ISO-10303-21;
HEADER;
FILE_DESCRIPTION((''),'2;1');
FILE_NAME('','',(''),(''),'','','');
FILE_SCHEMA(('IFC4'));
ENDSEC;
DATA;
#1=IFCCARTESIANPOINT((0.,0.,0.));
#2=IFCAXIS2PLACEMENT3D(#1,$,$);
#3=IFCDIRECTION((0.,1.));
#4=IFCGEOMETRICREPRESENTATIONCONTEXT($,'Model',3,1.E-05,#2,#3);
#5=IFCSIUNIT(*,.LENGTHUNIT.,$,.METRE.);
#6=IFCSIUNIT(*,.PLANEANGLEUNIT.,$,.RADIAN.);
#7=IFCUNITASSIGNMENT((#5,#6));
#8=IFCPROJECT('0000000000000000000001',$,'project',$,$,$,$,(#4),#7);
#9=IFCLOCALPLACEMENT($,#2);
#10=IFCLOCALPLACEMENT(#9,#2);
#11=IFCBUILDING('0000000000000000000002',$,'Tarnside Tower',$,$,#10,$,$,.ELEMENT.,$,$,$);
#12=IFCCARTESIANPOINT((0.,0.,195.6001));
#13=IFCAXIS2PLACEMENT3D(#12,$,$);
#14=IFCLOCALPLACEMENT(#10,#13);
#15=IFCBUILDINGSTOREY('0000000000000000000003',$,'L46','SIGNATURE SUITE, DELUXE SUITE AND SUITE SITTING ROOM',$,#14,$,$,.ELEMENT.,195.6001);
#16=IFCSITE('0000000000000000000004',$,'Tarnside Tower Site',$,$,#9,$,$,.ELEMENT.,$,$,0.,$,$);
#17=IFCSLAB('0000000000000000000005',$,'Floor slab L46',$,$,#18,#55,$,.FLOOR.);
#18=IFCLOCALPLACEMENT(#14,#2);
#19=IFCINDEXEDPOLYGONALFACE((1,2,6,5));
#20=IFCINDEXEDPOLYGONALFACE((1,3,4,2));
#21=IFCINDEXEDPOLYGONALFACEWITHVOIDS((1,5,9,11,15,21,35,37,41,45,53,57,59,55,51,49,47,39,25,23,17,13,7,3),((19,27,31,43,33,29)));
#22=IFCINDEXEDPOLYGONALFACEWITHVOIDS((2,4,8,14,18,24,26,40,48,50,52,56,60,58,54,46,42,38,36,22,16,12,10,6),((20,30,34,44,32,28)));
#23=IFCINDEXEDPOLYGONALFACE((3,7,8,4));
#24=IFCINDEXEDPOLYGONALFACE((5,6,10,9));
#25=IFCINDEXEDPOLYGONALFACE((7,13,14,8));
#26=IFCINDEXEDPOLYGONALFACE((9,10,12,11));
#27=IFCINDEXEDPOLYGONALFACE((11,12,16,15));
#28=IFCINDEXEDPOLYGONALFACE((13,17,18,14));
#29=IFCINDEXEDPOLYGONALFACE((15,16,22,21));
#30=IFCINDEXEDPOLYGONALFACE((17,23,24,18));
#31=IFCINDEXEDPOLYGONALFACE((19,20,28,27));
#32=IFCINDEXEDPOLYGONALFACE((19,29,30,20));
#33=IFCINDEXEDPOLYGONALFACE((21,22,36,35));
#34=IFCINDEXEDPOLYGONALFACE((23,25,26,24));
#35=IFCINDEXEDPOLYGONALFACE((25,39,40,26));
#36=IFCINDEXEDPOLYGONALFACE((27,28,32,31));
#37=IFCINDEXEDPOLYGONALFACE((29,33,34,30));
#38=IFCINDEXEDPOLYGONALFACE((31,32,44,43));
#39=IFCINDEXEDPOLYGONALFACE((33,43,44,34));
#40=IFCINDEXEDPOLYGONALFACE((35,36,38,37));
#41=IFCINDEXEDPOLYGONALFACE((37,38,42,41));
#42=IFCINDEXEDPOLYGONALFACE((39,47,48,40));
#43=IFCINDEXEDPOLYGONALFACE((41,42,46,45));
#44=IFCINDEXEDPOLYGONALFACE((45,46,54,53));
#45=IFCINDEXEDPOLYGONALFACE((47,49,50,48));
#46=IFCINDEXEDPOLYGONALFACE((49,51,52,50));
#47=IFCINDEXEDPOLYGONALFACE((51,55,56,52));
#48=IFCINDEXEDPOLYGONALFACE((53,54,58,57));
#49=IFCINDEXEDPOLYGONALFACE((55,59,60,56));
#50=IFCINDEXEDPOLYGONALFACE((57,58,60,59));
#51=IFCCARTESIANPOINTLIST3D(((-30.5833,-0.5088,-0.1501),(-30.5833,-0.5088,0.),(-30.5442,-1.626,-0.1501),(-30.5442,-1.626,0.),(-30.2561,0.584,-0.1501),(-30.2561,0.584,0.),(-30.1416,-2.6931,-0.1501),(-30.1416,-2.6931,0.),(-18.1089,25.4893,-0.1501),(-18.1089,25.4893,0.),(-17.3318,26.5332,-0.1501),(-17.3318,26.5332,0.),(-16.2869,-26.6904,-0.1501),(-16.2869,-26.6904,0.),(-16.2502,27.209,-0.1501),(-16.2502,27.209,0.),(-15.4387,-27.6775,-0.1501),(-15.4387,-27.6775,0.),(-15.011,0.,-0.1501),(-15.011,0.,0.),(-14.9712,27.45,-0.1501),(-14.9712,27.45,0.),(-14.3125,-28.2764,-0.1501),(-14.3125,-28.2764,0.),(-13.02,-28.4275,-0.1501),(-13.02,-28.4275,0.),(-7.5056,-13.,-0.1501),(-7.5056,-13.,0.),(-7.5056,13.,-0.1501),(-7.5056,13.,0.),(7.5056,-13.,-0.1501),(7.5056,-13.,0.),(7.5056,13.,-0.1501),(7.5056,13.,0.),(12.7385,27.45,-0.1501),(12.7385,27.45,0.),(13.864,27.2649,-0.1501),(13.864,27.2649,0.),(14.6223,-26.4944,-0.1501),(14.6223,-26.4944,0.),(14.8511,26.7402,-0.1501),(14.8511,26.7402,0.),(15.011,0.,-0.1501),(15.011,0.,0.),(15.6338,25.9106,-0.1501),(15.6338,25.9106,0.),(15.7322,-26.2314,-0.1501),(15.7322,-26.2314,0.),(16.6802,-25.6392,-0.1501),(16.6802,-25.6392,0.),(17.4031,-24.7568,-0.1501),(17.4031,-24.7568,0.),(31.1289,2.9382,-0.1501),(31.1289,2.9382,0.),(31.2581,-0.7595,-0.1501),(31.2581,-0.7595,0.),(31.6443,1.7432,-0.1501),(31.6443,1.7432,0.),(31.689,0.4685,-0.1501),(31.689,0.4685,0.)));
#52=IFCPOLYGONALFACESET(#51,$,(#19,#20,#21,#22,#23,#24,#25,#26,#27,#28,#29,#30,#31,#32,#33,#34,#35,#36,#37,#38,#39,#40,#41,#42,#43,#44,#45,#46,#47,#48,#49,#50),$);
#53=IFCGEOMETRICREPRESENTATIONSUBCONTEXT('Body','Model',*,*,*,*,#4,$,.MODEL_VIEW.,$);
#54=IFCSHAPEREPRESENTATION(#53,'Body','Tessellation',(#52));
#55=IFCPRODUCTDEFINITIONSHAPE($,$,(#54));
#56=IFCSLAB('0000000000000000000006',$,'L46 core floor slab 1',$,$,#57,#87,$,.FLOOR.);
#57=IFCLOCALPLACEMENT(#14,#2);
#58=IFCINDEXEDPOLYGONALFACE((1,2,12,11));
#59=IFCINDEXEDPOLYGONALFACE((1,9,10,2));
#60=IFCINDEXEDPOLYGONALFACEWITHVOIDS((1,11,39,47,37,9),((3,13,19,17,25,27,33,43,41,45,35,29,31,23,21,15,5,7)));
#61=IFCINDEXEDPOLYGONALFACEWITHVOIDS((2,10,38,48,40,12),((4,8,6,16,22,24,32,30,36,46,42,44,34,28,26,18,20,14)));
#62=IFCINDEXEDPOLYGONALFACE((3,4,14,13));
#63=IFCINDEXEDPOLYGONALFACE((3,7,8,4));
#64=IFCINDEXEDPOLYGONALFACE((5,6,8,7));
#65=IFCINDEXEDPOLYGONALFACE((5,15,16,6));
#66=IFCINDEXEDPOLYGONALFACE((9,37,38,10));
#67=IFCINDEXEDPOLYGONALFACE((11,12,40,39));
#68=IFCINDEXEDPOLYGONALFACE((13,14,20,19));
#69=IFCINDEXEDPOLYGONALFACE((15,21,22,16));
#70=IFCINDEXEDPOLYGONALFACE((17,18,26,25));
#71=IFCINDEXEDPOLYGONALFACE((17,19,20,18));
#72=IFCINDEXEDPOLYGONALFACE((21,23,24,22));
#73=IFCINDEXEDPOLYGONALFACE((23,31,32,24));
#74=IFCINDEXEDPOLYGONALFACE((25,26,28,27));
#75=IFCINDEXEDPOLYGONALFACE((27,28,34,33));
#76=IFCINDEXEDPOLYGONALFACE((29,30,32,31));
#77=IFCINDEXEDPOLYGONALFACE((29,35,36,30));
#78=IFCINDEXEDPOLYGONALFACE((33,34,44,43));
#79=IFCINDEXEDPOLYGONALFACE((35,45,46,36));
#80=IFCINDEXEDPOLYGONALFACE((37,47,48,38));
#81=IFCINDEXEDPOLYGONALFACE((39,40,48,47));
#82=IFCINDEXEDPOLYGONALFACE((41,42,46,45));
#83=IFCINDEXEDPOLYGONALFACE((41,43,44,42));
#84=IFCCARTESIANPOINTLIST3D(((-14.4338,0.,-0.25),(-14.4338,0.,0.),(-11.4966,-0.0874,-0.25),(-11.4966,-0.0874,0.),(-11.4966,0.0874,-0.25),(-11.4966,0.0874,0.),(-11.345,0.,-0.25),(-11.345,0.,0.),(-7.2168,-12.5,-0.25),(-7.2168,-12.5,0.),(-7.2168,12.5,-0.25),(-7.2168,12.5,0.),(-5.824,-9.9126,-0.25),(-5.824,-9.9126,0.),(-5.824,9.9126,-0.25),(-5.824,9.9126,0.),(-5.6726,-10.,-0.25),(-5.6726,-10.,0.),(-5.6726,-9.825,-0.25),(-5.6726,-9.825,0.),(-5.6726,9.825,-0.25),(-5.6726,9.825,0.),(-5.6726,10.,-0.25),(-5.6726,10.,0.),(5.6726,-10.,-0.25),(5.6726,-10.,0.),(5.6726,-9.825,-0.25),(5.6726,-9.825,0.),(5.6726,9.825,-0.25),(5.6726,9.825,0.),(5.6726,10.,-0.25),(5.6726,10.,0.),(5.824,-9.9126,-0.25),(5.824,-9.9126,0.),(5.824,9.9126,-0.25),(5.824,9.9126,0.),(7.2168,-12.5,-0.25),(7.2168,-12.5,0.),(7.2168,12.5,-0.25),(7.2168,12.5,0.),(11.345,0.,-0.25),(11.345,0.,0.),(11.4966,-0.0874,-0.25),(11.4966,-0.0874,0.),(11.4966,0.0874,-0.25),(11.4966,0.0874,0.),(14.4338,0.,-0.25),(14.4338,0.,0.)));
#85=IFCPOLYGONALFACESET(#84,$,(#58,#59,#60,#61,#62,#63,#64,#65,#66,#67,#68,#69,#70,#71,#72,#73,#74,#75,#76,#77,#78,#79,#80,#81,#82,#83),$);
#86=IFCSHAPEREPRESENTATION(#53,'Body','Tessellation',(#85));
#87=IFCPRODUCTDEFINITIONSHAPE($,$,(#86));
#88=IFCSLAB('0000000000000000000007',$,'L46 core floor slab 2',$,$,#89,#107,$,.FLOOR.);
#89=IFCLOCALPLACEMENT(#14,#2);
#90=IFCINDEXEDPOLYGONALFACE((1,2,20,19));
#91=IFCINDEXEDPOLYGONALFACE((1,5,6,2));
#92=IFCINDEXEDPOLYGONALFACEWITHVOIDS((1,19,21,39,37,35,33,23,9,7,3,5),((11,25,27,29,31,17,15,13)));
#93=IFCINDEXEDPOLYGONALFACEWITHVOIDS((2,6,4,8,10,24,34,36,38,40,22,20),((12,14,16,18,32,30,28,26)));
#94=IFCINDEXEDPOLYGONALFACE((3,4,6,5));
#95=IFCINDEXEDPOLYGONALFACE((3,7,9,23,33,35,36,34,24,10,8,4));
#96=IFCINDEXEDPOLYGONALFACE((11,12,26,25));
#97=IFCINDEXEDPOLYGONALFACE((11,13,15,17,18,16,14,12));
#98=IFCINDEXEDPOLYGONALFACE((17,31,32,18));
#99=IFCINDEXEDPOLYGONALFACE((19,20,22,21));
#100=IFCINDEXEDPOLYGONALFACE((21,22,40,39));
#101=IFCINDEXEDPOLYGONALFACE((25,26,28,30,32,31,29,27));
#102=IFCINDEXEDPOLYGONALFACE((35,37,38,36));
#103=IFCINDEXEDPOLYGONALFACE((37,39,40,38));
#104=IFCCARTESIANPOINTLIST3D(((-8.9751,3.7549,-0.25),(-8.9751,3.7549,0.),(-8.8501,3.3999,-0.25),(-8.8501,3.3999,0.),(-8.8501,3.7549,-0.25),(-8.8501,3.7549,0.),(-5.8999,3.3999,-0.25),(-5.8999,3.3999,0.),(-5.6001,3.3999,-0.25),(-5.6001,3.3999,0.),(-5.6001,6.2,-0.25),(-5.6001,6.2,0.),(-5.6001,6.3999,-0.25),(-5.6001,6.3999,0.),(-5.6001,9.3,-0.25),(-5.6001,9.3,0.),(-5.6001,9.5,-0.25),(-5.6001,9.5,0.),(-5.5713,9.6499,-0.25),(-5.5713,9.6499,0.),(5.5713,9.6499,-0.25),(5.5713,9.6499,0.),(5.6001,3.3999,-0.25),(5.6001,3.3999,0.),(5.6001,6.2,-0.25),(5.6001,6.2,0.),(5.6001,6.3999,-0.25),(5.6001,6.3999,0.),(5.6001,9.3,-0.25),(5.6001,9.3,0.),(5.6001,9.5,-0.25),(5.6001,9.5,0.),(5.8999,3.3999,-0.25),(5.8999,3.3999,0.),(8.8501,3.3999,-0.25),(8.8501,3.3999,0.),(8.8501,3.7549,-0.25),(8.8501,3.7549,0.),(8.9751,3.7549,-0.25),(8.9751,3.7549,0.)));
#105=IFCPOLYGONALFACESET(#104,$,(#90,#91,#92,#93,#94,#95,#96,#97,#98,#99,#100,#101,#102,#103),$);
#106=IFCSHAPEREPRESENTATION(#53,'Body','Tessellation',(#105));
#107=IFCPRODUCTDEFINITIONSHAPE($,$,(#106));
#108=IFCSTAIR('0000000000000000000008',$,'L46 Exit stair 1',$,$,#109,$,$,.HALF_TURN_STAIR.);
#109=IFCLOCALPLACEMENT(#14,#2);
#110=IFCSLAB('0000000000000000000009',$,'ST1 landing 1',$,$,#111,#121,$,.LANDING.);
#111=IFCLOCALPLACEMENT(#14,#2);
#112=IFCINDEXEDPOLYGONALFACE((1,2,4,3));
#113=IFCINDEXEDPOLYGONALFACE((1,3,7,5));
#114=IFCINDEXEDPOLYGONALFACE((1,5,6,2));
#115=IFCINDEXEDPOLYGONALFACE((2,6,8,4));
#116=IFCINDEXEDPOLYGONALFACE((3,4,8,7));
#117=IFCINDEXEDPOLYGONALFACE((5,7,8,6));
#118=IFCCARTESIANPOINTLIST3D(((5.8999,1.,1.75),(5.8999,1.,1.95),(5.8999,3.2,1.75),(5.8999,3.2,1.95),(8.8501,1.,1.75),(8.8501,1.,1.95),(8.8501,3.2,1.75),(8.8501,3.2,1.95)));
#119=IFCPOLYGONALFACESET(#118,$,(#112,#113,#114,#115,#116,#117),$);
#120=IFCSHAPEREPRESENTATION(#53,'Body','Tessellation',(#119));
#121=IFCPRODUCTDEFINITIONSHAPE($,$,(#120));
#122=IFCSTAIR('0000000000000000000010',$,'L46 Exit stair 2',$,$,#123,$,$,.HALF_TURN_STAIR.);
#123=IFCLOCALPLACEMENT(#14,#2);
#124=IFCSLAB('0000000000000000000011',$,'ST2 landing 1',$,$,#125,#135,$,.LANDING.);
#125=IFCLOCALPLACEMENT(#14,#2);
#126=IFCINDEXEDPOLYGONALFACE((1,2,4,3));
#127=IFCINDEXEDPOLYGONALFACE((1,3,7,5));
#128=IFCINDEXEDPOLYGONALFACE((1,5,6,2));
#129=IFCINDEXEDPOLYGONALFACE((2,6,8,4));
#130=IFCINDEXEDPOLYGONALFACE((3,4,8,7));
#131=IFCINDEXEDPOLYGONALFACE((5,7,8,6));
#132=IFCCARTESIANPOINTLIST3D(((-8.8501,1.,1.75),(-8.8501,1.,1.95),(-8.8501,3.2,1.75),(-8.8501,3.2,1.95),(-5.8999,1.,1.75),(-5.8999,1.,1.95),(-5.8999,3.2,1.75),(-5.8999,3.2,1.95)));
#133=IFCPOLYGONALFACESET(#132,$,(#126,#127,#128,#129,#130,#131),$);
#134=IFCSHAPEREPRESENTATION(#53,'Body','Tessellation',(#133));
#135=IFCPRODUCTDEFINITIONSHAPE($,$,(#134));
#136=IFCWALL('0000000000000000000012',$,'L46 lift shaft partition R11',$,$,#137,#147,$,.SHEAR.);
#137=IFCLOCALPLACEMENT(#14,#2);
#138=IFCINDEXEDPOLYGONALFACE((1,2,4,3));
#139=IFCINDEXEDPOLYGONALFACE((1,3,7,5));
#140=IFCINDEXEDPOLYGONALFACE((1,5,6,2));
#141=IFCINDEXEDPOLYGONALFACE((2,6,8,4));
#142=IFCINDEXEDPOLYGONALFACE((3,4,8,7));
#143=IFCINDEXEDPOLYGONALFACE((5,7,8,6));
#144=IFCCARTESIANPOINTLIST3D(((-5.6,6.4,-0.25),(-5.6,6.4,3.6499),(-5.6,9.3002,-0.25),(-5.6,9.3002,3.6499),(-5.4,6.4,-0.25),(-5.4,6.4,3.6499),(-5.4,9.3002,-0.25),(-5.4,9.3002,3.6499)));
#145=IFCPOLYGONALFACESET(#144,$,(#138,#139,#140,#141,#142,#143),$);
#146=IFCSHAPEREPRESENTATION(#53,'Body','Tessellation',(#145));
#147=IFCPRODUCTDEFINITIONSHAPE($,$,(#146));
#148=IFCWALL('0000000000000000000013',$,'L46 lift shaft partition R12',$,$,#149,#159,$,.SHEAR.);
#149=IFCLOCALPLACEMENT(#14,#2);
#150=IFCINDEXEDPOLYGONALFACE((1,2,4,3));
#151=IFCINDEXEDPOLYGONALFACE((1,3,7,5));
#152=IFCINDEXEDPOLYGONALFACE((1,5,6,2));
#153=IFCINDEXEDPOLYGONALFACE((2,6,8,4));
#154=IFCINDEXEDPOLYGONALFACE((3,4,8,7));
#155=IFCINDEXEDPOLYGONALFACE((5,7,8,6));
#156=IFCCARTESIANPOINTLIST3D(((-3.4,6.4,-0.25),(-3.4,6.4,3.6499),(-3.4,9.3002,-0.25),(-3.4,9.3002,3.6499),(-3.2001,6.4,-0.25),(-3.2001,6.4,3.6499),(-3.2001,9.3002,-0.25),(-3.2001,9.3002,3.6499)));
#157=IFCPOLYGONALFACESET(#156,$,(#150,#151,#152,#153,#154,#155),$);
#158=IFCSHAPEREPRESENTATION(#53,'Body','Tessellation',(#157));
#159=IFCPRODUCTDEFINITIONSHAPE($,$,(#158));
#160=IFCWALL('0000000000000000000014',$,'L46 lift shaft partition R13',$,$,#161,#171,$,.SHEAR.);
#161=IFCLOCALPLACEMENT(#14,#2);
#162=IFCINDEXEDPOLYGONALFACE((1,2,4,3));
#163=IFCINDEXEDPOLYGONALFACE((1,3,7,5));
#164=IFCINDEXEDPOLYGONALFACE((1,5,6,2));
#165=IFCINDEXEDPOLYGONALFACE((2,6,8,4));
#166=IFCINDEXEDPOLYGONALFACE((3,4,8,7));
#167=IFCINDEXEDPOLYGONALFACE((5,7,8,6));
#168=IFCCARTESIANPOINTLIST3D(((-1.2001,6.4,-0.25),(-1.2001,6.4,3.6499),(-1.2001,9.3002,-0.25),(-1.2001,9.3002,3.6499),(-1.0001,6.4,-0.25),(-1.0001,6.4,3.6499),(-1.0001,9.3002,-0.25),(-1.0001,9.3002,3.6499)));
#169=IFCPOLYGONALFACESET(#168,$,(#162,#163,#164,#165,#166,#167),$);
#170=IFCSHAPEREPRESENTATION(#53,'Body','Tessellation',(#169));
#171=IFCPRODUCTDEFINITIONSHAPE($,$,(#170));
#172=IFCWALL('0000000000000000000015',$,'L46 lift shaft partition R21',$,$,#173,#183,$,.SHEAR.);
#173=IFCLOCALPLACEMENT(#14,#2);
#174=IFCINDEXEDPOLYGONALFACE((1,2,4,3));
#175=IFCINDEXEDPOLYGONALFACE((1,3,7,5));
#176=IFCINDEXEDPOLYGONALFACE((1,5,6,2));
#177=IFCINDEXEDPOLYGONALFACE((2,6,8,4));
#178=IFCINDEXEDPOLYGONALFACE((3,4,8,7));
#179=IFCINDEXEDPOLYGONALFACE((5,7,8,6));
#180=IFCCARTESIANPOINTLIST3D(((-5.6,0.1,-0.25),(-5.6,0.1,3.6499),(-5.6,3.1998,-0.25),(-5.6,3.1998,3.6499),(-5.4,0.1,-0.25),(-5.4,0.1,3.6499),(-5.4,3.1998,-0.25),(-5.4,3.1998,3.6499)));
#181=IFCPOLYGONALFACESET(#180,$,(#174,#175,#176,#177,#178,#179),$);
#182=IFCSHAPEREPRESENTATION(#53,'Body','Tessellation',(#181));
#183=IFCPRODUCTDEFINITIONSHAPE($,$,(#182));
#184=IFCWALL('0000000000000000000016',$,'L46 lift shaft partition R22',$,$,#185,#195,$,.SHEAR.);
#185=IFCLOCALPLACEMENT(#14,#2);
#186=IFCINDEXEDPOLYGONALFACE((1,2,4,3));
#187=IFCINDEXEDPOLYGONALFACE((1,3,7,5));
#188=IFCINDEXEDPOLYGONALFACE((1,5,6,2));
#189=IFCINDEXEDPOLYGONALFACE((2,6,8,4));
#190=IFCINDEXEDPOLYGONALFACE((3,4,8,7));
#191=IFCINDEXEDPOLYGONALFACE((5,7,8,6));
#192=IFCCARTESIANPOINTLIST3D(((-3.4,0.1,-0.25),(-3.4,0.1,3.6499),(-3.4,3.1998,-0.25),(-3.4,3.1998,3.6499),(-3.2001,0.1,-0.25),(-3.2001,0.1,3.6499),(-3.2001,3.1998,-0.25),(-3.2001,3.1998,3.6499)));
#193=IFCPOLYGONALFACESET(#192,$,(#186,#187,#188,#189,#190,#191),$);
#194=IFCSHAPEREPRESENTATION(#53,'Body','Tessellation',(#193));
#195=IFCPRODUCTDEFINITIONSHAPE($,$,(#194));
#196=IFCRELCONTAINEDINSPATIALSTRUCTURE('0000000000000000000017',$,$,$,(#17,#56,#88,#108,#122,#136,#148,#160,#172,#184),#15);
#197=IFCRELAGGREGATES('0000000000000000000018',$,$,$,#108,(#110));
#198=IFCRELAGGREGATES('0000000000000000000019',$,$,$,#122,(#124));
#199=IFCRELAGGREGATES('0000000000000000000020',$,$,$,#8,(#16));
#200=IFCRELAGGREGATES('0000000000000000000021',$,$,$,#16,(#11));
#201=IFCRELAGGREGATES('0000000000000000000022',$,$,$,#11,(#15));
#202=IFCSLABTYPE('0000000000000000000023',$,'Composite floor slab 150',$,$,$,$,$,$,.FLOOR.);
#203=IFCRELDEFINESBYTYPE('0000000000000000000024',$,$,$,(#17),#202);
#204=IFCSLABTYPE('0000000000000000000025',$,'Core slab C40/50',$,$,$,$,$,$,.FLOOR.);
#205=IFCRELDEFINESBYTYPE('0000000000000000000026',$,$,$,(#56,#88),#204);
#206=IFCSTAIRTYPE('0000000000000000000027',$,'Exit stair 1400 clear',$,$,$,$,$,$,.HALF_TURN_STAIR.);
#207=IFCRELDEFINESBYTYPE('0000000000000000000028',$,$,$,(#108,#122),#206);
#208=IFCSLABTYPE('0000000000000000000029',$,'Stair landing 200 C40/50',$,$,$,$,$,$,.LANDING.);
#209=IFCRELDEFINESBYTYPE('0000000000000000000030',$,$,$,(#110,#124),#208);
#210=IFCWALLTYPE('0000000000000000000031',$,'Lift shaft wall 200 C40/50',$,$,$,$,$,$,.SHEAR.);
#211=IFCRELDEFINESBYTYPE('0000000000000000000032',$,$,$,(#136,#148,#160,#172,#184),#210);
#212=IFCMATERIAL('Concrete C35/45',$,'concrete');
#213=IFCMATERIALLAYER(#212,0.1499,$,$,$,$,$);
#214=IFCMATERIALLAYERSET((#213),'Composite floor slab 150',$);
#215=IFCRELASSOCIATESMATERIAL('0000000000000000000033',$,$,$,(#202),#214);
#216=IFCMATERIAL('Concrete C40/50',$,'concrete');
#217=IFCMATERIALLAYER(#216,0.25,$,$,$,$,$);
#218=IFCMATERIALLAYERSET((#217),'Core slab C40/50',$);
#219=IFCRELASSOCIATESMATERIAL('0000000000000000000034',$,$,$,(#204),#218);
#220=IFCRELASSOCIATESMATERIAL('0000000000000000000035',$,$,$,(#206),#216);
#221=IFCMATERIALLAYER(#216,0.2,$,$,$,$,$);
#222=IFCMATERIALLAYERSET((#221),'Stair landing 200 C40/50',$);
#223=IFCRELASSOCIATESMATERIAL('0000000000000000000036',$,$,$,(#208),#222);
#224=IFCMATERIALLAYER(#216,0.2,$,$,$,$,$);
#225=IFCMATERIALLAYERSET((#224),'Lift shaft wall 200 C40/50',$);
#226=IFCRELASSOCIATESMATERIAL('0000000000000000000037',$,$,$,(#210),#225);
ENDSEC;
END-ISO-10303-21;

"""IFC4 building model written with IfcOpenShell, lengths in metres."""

from ifc_helpers import new_model, si_unit, direction, frame, frame_2d, origin, place, context, subcontext, project, spatial, polyline, rectangle, outline, extrude, material, layer, layer_set, type_object, element, aggregate, save


model = new_model("IFC4")

# Units and contexts
model_context = context("Model", 3, precision=1e-05, world=origin(), true_north=direction((0.0, 1.0)))
body_context = subcontext(model_context, "Body", "Model", "MODEL_VIEW")
ifc_project = project(units=[si_unit("LENGTHUNIT", "METRE"), si_unit("PLANEANGLEUNIT", "RADIAN")], contexts=[model_context])

# Site, building, storey
site_placement = place(None, origin())
site = spatial("IfcSite", under=ifc_project, at=site_placement, Name="Tarnside Tower Site", CompositionType="ELEMENT", RefElevation=0.0)
building_placement = place(site_placement, origin())
building = spatial("IfcBuilding", under=site, at=building_placement, Name="Tarnside Tower", CompositionType="ELEMENT")
storey_placement = place(building_placement, frame((0.0, 0.0, 195.6001)))
storey = spatial("IfcBuildingStorey", under=building, at=storey_placement, Name="L46", Description="SIGNATURE SUITE, DELUXE SUITE AND SUITE SITTING ROOM", CompositionType="ELEMENT", Elevation=195.6001)

# Slabs
ifc_material_1 = material(Name="Concrete C35/45", Category="concrete")
ifc_layer_1 = layer(ifc_material_1, 0.1499)
ifc_layer_set_1 = layer_set([ifc_layer_1], Name="Composite floor slab 150")
slab_type_1 = type_object("IfcSlabType", Name="Composite floor slab 150", PredefinedType="FLOOR", material=ifc_layer_set_1)
slab_1_placement = place(storey_placement, frame((0.0, 0.0, -0.1501)))
element("IfcSlab", 1, at=slab_1_placement, inside=storey, type_object=slab_type_1, Name="Floor slab L46", PredefinedType="FLOOR", context=body_context, shape_type="SweptSolid", body=[
    extrude(outline(polyline([(13.864, 27.2649), (14.8511, 26.7402), (15.6338, 25.9106), (31.1289, 2.9382), (31.6443, 1.7432), (31.689, 0.4685), (31.2581, -0.7595), (17.4031, -24.7568), (16.6802, -25.6392), (15.7322, -26.2314), (14.6223, -26.4944), (-13.02, -28.4275), (-14.3125, -28.2764), (-15.4387, -27.6775), (-16.2869, -26.6904), (-30.1416, -2.6931), (-30.5442, -1.626), (-30.5833, -0.5088), (-30.2561, 0.584), (-18.1089, 25.4893), (-17.3318, 26.5332), (-16.2502, 27.209), (-14.9712, 27.45), (12.7385, 27.45), (13.864, 27.2649)]), holes=[polyline([(-15.011, 0.0), (-7.5056, -13.0), (7.5056, -13.0), (15.011, 0.0), (7.5056, 13.0), (-7.5056, 13.0), (-15.011, 0.0)])]), origin(), (0.0, 0.0, 1.0), 0.1501),
])
ifc_material_2 = material(Name="Concrete C40/50", Category="concrete")
ifc_layer_2 = layer(ifc_material_2, 0.25)
ifc_layer_set_2 = layer_set([ifc_layer_2], Name="Core slab C40/50")
slab_type_2 = type_object("IfcSlabType", Name="Core slab C40/50", PredefinedType="FLOOR", material=ifc_layer_set_2)
slab_2_placement = place(storey_placement, frame((0.0, 0.0, -0.25)))
element("IfcSlab", 2, at=slab_2_placement, inside=storey, type_object=slab_type_2, Name="L46 core floor slab 1", PredefinedType="FLOOR", context=body_context, shape_type="SweptSolid", body=[
    extrude(outline(polyline([(-7.2168, 12.5), (7.2168, 12.5), (14.4338, 0.0), (7.2168, -12.5), (-7.2168, -12.5), (-14.4338, 0.0), (-7.2168, 12.5)]), holes=[polyline([(5.824, -9.9126), (11.4966, -0.0874), (11.345, 0.0), (11.4966, 0.0874), (5.824, 9.9126), (5.6726, 9.825), (5.6726, 10.0), (-5.6726, 10.0), (-5.6726, 9.825), (-5.824, 9.9126), (-11.4966, 0.0874), (-11.345, 0.0), (-11.4966, -0.0874), (-5.824, -9.9126), (-5.6726, -9.825), (-5.6726, -10.0), (5.6726, -10.0), (5.6726, -9.825), (5.824, -9.9126)])]), origin(), (0.0, 0.0, 1.0), 0.25),
])
slab_3_placement = place(storey_placement, frame((0.0, 0.0, -0.25)))
element("IfcSlab", 3, at=slab_3_placement, inside=storey, type_object=slab_type_2, Name="L46 core floor slab 2", PredefinedType="FLOOR", context=body_context, shape_type="SweptSolid", body=[
    extrude(outline(polyline([(-8.9751, 3.7549), (-5.5713, 9.6499), (5.5713, 9.6499), (8.9751, 3.7549), (8.8501, 3.7549), (8.8501, 3.3999), (5.8999, 3.3999), (5.6001, 3.3999), (5.6001, 3.3999), (-5.6001, 3.3999), (-5.8999, 3.3999), (-8.8501, 3.3999), (-8.8501, 3.7549), (-8.9751, 3.7549)]), holes=[polyline([(-5.6001, 6.2), (5.6001, 6.2), (5.6001, 6.3999), (5.6001, 9.3), (5.6001, 9.5), (-5.6001, 9.5), (-5.6001, 9.3), (-5.6001, 6.3999), (-5.6001, 6.2)])]), origin(), (0.0, 0.0, 1.0), 0.25),
])

# Stairs, slabs
stair_type = type_object("IfcStairType", Name="Exit stair 1400 clear", PredefinedType="HALF_TURN_STAIR", material=ifc_material_2)
stair_1_placement = place(storey_placement, origin())
stair_1 = element("IfcStair", 4, at=stair_1_placement, inside=storey, type_object=stair_type, Name="L46 Exit stair 1", PredefinedType="HALF_TURN_STAIR")
ifc_layer_3 = layer(ifc_material_2, 0.2)
ifc_layer_set_3 = layer_set([ifc_layer_3], Name="Stair landing 200 C40/50")
slab_type_3 = type_object("IfcSlabType", Name="Stair landing 200 C40/50", PredefinedType="LANDING", material=ifc_layer_set_3)
slab_4_placement = place(storey_placement, frame((0.0, 0.0, 1.75)))
slab_4 = element("IfcSlab", 5, at=slab_4_placement, type_object=slab_type_3, Name="ST1 landing 1", PredefinedType="LANDING", context=body_context, shape_type="SweptSolid", body=[
    extrude(outline(polyline([(8.8501, 1.0), (8.8501, 3.2), (5.8999, 3.2), (5.8999, 1.0), (8.8501, 1.0)])), origin(), (0.0, 0.0, 1.0), 0.2),
])
aggregate(stair_1, [slab_4])
stair_2_placement = place(storey_placement, origin())
stair_2 = element("IfcStair", 6, at=stair_2_placement, inside=storey, type_object=stair_type, Name="L46 Exit stair 2", PredefinedType="HALF_TURN_STAIR")
slab_5_placement = place(storey_placement, frame((0.0, 0.0, 1.75)))
slab_5 = element("IfcSlab", 7, at=slab_5_placement, type_object=slab_type_3, Name="ST2 landing 1", PredefinedType="LANDING", context=body_context, shape_type="SweptSolid", body=[
    extrude(outline(polyline([(-5.8999, 1.0), (-5.8999, 3.2), (-8.8501, 3.2), (-8.8501, 1.0), (-5.8999, 1.0)])), origin(), (0.0, 0.0, 1.0), 0.2),
])
aggregate(stair_2, [slab_5])

# Walls
ifc_layer_4 = layer(ifc_material_2, 0.2)
ifc_layer_set_4 = layer_set([ifc_layer_4], Name="Lift shaft wall 200 C40/50")
wall_type = type_object("IfcWallType", Name="Lift shaft wall 200 C40/50", PredefinedType="SHEAR", material=ifc_layer_set_4)
for number, where, z_axis, x_axis, name in (
    (8, (-5.5, 6.3999, -0.25), (0.0, 0.0, 1.0), (0.0, 1.0, 0.0), "L46 lift shaft partition R11"),
    (9, (-3.3, 6.3999, -0.25), (0.0, 0.0, 1.0), (0.0, 1.0, 0.0), "L46 lift shaft partition R12"),
    (10, (-1.1001, 6.3999, -0.25), (0.0, 0.0, 1.0), (0.0, 1.0, 0.0), "L46 lift shaft partition R13"),
):
    element("IfcWall", number, at=place(storey_placement, frame(where, z_axis=z_axis, x_axis=x_axis)), inside=storey, type_object=wall_type, Name=name, PredefinedType="SHEAR", context=body_context, shape_type="SweptSolid", body=[
        extrude(rectangle(XDim=2.9001, YDim=0.2, at=frame_2d((1.4502, 0.0))), origin(), (0.0, 0.0, 1.0), 3.8999),
    ])
for number, where, z_axis, x_axis, name in (
    (11, (-5.5, 0.1001, -0.25), (0.0, 0.0, 1.0), (0.0, 1.0, 0.0), "L46 lift shaft partition R21"),
    (12, (-3.3, 0.1001, -0.25), (0.0, 0.0, 1.0), (0.0, 1.0, 0.0), "L46 lift shaft partition R22"),
):
    element("IfcWall", number, at=place(storey_placement, frame(where, z_axis=z_axis, x_axis=x_axis)), inside=storey, type_object=wall_type, Name=name, PredefinedType="SHEAR", context=body_context, shape_type="SweptSolid", body=[
        extrude(rectangle(XDim=3.0999, YDim=0.2, at=frame_2d((1.5498, 0.0))), origin(), (0.0, 0.0, 1.0), 3.8999),
    ])

save(model, "model.ifc")
